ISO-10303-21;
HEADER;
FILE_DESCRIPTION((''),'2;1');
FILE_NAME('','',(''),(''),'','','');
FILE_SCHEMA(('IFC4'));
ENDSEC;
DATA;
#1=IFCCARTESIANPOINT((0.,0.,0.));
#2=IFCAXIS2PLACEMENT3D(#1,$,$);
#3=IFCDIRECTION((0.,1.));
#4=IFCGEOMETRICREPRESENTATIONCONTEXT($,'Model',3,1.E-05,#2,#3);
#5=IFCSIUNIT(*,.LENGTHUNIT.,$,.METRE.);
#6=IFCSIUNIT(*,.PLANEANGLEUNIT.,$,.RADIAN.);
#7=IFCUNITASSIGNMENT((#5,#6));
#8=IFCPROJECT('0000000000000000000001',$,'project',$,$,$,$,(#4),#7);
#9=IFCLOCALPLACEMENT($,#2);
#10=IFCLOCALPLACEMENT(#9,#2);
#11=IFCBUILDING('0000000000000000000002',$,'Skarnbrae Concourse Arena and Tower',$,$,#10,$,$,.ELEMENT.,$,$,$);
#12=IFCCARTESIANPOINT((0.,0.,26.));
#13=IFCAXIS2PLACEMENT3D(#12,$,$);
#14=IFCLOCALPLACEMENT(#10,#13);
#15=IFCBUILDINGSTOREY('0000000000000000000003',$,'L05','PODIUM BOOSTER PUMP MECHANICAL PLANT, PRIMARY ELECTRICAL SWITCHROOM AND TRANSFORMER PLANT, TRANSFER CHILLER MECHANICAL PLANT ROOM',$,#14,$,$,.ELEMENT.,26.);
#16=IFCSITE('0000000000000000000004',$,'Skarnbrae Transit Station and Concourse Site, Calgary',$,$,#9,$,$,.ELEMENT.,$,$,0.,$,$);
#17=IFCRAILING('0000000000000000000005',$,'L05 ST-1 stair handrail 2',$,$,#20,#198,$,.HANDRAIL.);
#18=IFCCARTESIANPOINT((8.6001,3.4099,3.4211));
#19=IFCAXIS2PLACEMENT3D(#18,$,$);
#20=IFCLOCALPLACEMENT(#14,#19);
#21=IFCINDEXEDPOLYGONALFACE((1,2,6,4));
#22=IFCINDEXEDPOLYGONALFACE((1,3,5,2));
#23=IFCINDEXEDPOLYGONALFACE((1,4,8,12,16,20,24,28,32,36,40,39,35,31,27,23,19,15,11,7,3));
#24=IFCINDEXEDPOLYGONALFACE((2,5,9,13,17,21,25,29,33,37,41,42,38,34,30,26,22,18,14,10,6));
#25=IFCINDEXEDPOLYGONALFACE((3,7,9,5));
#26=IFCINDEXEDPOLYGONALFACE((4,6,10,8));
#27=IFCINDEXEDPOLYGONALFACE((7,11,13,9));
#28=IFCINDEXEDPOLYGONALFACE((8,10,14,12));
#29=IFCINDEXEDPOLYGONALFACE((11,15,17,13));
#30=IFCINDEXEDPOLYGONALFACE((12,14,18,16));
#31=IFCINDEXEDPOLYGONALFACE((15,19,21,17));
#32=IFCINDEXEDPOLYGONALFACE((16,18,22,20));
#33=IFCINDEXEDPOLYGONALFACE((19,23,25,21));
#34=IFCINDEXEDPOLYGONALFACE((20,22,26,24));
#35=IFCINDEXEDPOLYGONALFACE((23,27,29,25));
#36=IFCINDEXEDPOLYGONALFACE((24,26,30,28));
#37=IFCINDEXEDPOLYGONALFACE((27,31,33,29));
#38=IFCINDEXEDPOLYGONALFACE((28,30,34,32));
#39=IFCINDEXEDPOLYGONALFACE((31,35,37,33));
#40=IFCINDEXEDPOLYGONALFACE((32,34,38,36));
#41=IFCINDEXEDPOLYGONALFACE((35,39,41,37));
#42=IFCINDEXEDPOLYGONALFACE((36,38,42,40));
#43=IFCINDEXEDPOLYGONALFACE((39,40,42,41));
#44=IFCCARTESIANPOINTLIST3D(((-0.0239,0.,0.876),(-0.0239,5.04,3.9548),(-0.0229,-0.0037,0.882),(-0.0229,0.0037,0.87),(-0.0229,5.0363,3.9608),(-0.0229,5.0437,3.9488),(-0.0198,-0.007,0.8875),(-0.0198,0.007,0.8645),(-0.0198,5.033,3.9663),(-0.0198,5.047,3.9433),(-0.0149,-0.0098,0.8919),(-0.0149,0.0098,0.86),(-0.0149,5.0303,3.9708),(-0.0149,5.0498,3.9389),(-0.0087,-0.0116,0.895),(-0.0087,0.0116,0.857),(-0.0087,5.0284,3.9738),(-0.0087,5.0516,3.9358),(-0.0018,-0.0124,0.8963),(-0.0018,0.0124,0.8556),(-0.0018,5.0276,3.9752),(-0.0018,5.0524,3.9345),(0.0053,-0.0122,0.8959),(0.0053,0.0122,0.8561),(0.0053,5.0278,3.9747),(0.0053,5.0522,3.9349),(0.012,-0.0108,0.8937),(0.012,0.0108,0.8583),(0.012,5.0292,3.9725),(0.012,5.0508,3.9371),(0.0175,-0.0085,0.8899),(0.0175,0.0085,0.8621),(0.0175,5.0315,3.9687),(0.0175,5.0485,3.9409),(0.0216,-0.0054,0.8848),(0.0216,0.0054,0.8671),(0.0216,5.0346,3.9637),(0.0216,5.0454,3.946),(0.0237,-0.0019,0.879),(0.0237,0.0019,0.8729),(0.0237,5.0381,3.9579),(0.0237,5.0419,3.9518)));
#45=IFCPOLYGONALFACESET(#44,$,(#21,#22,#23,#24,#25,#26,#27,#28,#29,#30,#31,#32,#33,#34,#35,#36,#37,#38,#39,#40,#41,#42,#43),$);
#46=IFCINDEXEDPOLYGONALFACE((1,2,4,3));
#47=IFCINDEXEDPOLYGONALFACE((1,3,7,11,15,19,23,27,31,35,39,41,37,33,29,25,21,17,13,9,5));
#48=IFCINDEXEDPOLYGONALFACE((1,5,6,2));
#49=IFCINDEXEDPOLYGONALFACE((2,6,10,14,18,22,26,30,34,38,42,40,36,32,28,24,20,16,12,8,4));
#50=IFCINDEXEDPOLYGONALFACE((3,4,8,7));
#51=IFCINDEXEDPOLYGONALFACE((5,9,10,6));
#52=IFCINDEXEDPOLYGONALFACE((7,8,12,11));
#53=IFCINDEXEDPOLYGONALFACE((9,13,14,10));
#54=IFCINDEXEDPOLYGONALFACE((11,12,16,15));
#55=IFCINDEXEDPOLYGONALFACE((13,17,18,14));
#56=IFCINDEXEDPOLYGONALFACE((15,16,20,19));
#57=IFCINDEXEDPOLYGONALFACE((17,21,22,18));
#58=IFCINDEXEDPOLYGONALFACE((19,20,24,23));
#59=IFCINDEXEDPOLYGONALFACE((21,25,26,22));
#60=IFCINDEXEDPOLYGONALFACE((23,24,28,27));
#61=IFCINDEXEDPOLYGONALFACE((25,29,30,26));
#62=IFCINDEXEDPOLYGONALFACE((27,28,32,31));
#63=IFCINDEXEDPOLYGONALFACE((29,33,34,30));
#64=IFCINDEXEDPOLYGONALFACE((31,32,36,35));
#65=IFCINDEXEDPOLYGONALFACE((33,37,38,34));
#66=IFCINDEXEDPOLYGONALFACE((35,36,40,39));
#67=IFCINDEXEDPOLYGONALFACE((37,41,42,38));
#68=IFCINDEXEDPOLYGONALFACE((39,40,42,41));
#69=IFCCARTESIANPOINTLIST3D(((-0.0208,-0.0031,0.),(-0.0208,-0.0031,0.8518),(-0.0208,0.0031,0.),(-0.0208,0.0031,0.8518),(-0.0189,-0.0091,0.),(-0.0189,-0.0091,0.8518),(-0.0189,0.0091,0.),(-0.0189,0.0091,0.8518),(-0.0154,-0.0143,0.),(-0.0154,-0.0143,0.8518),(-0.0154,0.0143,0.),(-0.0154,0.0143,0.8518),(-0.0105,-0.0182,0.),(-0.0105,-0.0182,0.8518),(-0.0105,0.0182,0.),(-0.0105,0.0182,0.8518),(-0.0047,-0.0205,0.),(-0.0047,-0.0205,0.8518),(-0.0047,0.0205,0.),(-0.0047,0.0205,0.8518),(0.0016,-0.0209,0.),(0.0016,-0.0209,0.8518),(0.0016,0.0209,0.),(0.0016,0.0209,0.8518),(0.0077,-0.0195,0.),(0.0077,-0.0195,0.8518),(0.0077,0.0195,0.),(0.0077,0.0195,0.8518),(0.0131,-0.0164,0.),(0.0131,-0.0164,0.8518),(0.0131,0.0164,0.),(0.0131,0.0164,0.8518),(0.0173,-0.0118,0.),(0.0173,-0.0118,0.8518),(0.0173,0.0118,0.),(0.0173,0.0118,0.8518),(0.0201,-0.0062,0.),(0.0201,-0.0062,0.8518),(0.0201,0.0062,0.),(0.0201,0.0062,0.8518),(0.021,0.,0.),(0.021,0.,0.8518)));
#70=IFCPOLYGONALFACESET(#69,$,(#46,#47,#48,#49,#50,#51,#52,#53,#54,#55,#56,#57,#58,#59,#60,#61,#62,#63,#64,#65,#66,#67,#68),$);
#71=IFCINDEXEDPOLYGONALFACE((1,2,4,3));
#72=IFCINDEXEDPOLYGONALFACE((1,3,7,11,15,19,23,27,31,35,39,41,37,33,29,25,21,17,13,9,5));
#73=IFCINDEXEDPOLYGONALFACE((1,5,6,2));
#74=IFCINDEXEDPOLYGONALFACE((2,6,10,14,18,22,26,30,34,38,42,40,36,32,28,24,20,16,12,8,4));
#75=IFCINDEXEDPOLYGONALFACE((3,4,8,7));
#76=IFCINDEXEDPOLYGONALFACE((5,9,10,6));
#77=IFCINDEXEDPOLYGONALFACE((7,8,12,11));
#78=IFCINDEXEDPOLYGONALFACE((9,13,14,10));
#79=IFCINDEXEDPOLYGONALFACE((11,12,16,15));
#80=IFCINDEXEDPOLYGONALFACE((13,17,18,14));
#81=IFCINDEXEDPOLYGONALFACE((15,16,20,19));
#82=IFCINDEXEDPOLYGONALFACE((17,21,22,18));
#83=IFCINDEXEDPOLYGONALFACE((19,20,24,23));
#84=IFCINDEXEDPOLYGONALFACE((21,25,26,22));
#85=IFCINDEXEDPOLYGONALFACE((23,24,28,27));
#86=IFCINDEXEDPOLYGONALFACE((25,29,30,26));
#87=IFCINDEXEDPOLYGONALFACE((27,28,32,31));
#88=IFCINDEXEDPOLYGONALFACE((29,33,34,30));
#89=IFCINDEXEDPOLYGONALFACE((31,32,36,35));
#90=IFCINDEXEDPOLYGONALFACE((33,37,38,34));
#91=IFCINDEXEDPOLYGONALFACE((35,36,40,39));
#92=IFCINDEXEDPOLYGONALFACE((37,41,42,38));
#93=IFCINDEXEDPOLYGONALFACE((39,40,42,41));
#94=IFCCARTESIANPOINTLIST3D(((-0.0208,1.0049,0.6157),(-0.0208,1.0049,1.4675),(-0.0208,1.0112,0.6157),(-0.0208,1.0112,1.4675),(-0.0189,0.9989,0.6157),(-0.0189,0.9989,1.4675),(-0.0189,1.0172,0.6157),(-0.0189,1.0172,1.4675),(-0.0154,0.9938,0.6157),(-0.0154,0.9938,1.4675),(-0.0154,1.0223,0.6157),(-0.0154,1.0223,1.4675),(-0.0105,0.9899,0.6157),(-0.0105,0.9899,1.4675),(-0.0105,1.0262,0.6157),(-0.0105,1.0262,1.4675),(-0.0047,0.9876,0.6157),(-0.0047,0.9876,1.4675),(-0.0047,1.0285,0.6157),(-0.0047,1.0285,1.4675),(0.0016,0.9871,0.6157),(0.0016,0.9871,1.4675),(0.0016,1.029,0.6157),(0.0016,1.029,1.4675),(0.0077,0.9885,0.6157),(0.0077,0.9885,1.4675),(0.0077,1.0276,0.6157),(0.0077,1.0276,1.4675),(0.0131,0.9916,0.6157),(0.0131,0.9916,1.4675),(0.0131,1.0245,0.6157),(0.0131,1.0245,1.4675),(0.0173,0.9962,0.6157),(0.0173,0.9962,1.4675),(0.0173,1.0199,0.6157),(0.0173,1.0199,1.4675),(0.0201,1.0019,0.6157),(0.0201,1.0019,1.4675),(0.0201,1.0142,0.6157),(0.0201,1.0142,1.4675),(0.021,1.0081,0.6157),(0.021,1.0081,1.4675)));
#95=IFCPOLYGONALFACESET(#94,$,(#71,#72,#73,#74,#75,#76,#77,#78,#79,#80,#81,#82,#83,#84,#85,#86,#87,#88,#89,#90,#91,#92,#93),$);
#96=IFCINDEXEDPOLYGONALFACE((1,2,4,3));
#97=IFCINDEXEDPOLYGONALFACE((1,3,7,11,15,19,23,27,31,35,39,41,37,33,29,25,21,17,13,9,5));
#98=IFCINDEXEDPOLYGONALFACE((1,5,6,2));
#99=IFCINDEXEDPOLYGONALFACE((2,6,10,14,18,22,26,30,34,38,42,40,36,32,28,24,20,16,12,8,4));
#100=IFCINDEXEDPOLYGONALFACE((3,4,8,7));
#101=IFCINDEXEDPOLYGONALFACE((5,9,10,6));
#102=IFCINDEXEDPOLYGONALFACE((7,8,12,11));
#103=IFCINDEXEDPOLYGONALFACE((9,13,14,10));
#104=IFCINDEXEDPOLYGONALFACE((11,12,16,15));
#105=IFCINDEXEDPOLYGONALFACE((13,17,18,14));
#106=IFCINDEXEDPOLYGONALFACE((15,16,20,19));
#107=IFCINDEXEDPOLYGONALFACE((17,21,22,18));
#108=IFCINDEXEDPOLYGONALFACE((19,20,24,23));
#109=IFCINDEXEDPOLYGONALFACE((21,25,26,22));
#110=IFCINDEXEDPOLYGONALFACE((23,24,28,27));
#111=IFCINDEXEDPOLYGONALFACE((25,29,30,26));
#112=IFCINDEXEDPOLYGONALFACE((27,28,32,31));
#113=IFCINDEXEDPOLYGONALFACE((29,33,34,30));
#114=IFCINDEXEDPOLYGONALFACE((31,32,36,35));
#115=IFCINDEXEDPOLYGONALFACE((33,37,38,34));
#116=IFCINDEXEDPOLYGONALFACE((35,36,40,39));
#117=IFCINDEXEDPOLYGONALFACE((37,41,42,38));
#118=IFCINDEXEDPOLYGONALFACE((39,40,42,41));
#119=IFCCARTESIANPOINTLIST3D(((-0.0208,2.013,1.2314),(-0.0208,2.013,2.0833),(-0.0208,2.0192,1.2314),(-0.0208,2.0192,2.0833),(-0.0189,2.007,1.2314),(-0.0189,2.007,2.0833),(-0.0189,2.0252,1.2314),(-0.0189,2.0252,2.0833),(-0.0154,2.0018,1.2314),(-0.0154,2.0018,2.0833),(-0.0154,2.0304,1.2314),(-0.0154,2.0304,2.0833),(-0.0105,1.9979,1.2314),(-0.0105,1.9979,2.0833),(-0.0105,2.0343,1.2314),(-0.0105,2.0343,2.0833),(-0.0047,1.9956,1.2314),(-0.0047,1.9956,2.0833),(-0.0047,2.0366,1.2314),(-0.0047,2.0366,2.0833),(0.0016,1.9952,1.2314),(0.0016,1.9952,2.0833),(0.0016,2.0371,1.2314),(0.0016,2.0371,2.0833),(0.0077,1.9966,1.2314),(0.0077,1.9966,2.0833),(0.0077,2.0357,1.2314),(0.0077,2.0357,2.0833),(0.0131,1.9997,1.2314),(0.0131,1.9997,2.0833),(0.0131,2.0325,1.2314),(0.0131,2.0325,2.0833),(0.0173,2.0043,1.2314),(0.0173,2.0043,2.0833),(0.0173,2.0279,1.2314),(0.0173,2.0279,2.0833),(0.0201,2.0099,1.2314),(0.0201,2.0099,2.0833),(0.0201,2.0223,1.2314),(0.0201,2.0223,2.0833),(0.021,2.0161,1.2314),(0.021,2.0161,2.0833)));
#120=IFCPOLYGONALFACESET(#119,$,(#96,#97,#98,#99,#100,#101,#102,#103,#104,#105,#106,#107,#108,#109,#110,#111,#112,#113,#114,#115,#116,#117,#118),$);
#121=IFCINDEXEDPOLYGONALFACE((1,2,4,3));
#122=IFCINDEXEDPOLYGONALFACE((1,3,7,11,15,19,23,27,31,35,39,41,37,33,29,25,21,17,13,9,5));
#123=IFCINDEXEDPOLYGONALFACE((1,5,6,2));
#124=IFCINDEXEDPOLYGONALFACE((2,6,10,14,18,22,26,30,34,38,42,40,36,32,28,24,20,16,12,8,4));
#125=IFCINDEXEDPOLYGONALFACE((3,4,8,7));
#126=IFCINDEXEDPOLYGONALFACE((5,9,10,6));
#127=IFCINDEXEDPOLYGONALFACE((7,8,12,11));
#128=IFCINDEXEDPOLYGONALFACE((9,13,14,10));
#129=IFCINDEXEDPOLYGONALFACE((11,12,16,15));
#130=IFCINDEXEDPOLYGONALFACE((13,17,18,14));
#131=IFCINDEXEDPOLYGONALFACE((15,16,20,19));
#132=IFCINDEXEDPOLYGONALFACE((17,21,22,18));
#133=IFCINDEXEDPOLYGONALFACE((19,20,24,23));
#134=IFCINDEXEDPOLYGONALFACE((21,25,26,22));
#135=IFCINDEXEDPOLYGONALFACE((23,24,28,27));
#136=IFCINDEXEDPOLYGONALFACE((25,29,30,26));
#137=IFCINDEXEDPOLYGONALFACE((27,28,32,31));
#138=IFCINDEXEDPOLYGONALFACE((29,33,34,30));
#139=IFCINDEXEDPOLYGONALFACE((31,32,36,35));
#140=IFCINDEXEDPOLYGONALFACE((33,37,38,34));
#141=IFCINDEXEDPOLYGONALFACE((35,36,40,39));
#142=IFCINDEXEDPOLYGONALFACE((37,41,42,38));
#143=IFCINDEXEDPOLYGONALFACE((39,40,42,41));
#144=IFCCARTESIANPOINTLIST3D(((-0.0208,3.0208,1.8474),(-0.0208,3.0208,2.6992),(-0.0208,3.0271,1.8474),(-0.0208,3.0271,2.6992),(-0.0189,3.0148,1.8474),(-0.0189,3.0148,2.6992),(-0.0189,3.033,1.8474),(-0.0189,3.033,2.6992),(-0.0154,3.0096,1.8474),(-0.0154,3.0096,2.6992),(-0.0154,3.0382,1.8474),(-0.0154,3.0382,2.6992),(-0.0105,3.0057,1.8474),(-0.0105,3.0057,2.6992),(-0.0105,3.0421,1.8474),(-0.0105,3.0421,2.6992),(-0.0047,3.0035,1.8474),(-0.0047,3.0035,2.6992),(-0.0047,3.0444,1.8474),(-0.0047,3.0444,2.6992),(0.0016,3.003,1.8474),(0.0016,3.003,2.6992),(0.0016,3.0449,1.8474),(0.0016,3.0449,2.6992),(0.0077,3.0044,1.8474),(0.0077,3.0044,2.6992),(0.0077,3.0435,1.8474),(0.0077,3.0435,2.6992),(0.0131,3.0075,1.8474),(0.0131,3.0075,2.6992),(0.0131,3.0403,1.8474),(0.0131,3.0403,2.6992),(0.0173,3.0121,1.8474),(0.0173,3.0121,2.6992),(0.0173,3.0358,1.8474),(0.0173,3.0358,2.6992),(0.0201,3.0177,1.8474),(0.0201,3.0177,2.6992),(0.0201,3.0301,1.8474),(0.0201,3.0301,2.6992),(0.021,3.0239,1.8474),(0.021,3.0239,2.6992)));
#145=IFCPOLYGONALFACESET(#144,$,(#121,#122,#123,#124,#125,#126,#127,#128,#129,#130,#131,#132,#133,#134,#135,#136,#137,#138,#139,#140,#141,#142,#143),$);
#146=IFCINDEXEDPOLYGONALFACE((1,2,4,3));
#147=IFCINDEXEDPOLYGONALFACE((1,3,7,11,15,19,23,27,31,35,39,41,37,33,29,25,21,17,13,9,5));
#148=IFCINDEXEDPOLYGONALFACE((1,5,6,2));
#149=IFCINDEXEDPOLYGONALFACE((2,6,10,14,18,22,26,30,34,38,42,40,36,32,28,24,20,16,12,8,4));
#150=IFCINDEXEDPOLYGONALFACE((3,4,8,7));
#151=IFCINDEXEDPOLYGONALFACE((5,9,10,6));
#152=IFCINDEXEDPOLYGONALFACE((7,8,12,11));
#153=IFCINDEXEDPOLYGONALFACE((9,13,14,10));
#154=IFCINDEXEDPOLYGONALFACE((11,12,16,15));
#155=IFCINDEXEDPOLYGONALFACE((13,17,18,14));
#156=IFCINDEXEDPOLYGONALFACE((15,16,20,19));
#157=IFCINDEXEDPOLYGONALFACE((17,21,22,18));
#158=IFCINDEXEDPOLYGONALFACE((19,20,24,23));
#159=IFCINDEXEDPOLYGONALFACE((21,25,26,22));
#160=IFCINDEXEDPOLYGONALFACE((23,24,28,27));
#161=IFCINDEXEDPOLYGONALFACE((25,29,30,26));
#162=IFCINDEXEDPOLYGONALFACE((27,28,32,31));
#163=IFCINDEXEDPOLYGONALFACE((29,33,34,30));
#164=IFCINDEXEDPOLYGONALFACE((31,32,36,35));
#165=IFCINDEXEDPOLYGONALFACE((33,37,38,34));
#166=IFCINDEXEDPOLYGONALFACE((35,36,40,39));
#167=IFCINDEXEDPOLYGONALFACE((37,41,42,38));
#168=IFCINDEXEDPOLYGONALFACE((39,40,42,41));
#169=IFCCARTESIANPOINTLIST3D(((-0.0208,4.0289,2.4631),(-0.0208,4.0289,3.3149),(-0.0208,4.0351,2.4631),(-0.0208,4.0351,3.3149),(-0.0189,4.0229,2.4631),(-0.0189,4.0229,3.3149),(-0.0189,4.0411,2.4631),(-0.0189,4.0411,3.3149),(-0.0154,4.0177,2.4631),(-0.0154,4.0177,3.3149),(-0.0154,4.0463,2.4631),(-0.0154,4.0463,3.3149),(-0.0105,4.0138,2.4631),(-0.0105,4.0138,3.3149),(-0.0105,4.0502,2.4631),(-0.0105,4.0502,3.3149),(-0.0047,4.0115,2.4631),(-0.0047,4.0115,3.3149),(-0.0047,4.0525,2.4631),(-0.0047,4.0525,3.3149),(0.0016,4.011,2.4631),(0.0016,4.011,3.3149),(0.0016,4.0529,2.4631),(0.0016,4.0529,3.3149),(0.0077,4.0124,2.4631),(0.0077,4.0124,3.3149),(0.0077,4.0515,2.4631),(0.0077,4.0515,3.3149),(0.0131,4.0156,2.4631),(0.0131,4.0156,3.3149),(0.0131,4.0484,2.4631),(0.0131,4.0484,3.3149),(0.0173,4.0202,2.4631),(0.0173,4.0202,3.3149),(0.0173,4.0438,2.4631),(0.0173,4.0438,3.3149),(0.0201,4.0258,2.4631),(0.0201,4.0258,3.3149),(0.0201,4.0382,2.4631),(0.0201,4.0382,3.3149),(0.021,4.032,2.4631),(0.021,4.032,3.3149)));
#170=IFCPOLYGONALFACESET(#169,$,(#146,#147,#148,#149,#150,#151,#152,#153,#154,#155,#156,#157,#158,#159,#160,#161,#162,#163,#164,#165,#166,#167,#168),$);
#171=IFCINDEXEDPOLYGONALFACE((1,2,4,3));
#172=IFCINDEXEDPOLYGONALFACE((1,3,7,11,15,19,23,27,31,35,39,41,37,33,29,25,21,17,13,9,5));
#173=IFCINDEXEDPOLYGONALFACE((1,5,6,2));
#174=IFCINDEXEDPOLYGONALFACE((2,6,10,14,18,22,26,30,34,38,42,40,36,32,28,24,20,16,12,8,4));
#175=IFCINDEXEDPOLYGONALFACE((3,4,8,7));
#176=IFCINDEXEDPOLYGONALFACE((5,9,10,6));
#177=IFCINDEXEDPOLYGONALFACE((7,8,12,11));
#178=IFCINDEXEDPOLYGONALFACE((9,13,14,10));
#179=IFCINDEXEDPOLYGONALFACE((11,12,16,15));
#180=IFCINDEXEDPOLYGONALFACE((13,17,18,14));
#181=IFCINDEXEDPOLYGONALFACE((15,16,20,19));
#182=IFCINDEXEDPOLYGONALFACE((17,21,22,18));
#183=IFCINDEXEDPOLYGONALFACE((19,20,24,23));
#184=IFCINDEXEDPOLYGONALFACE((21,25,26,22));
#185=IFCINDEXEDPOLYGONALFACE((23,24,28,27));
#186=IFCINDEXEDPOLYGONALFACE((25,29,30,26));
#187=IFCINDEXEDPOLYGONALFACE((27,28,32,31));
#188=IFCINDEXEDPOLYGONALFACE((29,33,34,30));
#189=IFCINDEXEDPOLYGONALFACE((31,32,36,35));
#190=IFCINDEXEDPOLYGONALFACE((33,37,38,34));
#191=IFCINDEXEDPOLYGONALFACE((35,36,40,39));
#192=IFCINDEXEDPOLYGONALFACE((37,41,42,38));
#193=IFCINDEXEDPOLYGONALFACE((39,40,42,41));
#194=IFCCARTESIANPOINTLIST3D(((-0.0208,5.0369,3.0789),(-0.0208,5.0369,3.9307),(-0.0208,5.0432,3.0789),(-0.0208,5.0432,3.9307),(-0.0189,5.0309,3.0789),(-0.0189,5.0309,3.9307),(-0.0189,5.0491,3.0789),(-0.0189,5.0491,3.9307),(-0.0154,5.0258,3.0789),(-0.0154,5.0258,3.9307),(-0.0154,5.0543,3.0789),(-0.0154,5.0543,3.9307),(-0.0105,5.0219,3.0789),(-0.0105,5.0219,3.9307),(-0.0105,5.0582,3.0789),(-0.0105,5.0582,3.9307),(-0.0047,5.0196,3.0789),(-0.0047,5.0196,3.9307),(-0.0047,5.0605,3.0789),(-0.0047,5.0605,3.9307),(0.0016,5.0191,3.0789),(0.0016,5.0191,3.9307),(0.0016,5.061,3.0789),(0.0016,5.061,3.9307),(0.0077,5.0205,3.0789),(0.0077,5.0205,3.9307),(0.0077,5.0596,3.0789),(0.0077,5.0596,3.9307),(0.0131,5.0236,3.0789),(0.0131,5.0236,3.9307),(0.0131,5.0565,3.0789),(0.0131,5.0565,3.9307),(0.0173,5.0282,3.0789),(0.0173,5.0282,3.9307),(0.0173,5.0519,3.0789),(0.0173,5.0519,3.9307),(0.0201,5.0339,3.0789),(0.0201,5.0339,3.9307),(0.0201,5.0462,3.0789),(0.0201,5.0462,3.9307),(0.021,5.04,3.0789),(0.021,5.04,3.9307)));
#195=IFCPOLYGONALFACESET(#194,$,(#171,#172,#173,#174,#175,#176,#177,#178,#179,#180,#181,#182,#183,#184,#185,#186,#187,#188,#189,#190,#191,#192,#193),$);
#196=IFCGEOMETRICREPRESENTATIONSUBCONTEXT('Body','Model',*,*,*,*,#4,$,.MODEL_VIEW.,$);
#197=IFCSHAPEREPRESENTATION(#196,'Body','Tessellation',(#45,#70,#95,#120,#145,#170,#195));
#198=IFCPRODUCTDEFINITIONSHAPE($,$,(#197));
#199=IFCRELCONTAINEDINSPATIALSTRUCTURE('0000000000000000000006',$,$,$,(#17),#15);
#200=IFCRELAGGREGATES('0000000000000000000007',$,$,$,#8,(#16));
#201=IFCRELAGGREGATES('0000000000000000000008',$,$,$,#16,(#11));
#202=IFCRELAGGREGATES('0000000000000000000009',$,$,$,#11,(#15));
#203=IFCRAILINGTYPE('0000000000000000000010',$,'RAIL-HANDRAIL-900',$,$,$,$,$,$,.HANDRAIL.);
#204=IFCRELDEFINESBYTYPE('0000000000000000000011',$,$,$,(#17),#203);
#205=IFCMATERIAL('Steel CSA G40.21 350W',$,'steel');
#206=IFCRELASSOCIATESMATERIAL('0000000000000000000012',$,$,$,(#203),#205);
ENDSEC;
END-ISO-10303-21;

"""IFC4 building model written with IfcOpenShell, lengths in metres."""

from ifc_helpers import new_model, si_unit, direction, frame, origin, origin_2d, place, context, subcontext, project, spatial, circle, extrude, material, type_object, element, save


model = new_model("IFC4")

# Units and contexts
model_context = context("Model", 3, precision=1e-05, world=origin(), true_north=direction((0.0, 1.0)))
body_context = subcontext(model_context, "Body", "Model", "MODEL_VIEW")
ifc_project = project(units=[si_unit("LENGTHUNIT", "METRE"), si_unit("PLANEANGLEUNIT", "RADIAN")], contexts=[model_context])

# Site, building, storey
site_placement = place(None, origin())
site = spatial("IfcSite", under=ifc_project, at=site_placement, Name="Skarnbrae Transit Station and Concourse Site, Calgary", CompositionType="ELEMENT", RefElevation=0.0)
building_placement = place(site_placement, origin())
building = spatial("IfcBuilding", under=site, at=building_placement, Name="Skarnbrae Concourse Arena and Tower", CompositionType="ELEMENT")
storey_placement = place(building_placement, frame((0.0, 0.0, 26.0)))
storey = spatial("IfcBuildingStorey", under=building, at=storey_placement, Name="L05", Description="PODIUM BOOSTER PUMP MECHANICAL PLANT, PRIMARY ELECTRICAL SWITCHROOM AND TRANSFORMER PLANT, TRANSFER CHILLER MECHANICAL PLANT ROOM", CompositionType="ELEMENT", Elevation=26.0)

# Shared definitions
ifc_material_1 = material(Name="Steel CSA G40.21 350W", Category="steel")

# Railing
railing_type_1 = type_object("IfcRailingType", Name="RAIL-HANDRAIL-900", PredefinedType="HANDRAIL", material=ifc_material_1)
railing_1_placement = place(storey_placement, frame((8.6001, 3.4099, 3.4211)))
element("IfcRailing", 1, at=railing_1_placement, inside=storey, type_object=railing_type_1, Name="L05 ST-1 stair handrail 2", PredefinedType="HANDRAIL", context=body_context, shape_type="SweptSolid", body=[
    extrude(circle(Radius=0.0239, at=origin_2d()), frame((0.0, 0.0, 0.876), z_axis=(0.0, 0.85337, 0.521306), x_axis=(-1.0, 0.0, 0.0)), (0.0, 0.0, 1.0), 5.906),
    extrude(circle(Radius=0.021, at=origin_2d()), origin(), (0.0, 0.0, 1.0), 0.8518),
    extrude(circle(Radius=0.021, at=origin_2d()), frame((0.0, 1.0081, 0.6157)), (0.0, 0.0, 1.0), 0.8518),
    extrude(circle(Radius=0.021, at=origin_2d()), frame((0.0, 2.0161, 1.2314)), (0.0, 0.0, 1.0), 0.8518),
    extrude(circle(Radius=0.021, at=origin_2d()), frame((0.0, 3.0239, 1.8474)), (0.0, 0.0, 1.0), 0.8518),
    extrude(circle(Radius=0.021, at=origin_2d()), frame((0.0, 4.032, 2.4631)), (0.0, 0.0, 1.0), 0.8518),
    extrude(circle(Radius=0.021, at=origin_2d()), frame((0.0, 5.04, 3.0789)), (0.0, 0.0, 1.0), 0.8518),
])

save(model, "model.ifc")
